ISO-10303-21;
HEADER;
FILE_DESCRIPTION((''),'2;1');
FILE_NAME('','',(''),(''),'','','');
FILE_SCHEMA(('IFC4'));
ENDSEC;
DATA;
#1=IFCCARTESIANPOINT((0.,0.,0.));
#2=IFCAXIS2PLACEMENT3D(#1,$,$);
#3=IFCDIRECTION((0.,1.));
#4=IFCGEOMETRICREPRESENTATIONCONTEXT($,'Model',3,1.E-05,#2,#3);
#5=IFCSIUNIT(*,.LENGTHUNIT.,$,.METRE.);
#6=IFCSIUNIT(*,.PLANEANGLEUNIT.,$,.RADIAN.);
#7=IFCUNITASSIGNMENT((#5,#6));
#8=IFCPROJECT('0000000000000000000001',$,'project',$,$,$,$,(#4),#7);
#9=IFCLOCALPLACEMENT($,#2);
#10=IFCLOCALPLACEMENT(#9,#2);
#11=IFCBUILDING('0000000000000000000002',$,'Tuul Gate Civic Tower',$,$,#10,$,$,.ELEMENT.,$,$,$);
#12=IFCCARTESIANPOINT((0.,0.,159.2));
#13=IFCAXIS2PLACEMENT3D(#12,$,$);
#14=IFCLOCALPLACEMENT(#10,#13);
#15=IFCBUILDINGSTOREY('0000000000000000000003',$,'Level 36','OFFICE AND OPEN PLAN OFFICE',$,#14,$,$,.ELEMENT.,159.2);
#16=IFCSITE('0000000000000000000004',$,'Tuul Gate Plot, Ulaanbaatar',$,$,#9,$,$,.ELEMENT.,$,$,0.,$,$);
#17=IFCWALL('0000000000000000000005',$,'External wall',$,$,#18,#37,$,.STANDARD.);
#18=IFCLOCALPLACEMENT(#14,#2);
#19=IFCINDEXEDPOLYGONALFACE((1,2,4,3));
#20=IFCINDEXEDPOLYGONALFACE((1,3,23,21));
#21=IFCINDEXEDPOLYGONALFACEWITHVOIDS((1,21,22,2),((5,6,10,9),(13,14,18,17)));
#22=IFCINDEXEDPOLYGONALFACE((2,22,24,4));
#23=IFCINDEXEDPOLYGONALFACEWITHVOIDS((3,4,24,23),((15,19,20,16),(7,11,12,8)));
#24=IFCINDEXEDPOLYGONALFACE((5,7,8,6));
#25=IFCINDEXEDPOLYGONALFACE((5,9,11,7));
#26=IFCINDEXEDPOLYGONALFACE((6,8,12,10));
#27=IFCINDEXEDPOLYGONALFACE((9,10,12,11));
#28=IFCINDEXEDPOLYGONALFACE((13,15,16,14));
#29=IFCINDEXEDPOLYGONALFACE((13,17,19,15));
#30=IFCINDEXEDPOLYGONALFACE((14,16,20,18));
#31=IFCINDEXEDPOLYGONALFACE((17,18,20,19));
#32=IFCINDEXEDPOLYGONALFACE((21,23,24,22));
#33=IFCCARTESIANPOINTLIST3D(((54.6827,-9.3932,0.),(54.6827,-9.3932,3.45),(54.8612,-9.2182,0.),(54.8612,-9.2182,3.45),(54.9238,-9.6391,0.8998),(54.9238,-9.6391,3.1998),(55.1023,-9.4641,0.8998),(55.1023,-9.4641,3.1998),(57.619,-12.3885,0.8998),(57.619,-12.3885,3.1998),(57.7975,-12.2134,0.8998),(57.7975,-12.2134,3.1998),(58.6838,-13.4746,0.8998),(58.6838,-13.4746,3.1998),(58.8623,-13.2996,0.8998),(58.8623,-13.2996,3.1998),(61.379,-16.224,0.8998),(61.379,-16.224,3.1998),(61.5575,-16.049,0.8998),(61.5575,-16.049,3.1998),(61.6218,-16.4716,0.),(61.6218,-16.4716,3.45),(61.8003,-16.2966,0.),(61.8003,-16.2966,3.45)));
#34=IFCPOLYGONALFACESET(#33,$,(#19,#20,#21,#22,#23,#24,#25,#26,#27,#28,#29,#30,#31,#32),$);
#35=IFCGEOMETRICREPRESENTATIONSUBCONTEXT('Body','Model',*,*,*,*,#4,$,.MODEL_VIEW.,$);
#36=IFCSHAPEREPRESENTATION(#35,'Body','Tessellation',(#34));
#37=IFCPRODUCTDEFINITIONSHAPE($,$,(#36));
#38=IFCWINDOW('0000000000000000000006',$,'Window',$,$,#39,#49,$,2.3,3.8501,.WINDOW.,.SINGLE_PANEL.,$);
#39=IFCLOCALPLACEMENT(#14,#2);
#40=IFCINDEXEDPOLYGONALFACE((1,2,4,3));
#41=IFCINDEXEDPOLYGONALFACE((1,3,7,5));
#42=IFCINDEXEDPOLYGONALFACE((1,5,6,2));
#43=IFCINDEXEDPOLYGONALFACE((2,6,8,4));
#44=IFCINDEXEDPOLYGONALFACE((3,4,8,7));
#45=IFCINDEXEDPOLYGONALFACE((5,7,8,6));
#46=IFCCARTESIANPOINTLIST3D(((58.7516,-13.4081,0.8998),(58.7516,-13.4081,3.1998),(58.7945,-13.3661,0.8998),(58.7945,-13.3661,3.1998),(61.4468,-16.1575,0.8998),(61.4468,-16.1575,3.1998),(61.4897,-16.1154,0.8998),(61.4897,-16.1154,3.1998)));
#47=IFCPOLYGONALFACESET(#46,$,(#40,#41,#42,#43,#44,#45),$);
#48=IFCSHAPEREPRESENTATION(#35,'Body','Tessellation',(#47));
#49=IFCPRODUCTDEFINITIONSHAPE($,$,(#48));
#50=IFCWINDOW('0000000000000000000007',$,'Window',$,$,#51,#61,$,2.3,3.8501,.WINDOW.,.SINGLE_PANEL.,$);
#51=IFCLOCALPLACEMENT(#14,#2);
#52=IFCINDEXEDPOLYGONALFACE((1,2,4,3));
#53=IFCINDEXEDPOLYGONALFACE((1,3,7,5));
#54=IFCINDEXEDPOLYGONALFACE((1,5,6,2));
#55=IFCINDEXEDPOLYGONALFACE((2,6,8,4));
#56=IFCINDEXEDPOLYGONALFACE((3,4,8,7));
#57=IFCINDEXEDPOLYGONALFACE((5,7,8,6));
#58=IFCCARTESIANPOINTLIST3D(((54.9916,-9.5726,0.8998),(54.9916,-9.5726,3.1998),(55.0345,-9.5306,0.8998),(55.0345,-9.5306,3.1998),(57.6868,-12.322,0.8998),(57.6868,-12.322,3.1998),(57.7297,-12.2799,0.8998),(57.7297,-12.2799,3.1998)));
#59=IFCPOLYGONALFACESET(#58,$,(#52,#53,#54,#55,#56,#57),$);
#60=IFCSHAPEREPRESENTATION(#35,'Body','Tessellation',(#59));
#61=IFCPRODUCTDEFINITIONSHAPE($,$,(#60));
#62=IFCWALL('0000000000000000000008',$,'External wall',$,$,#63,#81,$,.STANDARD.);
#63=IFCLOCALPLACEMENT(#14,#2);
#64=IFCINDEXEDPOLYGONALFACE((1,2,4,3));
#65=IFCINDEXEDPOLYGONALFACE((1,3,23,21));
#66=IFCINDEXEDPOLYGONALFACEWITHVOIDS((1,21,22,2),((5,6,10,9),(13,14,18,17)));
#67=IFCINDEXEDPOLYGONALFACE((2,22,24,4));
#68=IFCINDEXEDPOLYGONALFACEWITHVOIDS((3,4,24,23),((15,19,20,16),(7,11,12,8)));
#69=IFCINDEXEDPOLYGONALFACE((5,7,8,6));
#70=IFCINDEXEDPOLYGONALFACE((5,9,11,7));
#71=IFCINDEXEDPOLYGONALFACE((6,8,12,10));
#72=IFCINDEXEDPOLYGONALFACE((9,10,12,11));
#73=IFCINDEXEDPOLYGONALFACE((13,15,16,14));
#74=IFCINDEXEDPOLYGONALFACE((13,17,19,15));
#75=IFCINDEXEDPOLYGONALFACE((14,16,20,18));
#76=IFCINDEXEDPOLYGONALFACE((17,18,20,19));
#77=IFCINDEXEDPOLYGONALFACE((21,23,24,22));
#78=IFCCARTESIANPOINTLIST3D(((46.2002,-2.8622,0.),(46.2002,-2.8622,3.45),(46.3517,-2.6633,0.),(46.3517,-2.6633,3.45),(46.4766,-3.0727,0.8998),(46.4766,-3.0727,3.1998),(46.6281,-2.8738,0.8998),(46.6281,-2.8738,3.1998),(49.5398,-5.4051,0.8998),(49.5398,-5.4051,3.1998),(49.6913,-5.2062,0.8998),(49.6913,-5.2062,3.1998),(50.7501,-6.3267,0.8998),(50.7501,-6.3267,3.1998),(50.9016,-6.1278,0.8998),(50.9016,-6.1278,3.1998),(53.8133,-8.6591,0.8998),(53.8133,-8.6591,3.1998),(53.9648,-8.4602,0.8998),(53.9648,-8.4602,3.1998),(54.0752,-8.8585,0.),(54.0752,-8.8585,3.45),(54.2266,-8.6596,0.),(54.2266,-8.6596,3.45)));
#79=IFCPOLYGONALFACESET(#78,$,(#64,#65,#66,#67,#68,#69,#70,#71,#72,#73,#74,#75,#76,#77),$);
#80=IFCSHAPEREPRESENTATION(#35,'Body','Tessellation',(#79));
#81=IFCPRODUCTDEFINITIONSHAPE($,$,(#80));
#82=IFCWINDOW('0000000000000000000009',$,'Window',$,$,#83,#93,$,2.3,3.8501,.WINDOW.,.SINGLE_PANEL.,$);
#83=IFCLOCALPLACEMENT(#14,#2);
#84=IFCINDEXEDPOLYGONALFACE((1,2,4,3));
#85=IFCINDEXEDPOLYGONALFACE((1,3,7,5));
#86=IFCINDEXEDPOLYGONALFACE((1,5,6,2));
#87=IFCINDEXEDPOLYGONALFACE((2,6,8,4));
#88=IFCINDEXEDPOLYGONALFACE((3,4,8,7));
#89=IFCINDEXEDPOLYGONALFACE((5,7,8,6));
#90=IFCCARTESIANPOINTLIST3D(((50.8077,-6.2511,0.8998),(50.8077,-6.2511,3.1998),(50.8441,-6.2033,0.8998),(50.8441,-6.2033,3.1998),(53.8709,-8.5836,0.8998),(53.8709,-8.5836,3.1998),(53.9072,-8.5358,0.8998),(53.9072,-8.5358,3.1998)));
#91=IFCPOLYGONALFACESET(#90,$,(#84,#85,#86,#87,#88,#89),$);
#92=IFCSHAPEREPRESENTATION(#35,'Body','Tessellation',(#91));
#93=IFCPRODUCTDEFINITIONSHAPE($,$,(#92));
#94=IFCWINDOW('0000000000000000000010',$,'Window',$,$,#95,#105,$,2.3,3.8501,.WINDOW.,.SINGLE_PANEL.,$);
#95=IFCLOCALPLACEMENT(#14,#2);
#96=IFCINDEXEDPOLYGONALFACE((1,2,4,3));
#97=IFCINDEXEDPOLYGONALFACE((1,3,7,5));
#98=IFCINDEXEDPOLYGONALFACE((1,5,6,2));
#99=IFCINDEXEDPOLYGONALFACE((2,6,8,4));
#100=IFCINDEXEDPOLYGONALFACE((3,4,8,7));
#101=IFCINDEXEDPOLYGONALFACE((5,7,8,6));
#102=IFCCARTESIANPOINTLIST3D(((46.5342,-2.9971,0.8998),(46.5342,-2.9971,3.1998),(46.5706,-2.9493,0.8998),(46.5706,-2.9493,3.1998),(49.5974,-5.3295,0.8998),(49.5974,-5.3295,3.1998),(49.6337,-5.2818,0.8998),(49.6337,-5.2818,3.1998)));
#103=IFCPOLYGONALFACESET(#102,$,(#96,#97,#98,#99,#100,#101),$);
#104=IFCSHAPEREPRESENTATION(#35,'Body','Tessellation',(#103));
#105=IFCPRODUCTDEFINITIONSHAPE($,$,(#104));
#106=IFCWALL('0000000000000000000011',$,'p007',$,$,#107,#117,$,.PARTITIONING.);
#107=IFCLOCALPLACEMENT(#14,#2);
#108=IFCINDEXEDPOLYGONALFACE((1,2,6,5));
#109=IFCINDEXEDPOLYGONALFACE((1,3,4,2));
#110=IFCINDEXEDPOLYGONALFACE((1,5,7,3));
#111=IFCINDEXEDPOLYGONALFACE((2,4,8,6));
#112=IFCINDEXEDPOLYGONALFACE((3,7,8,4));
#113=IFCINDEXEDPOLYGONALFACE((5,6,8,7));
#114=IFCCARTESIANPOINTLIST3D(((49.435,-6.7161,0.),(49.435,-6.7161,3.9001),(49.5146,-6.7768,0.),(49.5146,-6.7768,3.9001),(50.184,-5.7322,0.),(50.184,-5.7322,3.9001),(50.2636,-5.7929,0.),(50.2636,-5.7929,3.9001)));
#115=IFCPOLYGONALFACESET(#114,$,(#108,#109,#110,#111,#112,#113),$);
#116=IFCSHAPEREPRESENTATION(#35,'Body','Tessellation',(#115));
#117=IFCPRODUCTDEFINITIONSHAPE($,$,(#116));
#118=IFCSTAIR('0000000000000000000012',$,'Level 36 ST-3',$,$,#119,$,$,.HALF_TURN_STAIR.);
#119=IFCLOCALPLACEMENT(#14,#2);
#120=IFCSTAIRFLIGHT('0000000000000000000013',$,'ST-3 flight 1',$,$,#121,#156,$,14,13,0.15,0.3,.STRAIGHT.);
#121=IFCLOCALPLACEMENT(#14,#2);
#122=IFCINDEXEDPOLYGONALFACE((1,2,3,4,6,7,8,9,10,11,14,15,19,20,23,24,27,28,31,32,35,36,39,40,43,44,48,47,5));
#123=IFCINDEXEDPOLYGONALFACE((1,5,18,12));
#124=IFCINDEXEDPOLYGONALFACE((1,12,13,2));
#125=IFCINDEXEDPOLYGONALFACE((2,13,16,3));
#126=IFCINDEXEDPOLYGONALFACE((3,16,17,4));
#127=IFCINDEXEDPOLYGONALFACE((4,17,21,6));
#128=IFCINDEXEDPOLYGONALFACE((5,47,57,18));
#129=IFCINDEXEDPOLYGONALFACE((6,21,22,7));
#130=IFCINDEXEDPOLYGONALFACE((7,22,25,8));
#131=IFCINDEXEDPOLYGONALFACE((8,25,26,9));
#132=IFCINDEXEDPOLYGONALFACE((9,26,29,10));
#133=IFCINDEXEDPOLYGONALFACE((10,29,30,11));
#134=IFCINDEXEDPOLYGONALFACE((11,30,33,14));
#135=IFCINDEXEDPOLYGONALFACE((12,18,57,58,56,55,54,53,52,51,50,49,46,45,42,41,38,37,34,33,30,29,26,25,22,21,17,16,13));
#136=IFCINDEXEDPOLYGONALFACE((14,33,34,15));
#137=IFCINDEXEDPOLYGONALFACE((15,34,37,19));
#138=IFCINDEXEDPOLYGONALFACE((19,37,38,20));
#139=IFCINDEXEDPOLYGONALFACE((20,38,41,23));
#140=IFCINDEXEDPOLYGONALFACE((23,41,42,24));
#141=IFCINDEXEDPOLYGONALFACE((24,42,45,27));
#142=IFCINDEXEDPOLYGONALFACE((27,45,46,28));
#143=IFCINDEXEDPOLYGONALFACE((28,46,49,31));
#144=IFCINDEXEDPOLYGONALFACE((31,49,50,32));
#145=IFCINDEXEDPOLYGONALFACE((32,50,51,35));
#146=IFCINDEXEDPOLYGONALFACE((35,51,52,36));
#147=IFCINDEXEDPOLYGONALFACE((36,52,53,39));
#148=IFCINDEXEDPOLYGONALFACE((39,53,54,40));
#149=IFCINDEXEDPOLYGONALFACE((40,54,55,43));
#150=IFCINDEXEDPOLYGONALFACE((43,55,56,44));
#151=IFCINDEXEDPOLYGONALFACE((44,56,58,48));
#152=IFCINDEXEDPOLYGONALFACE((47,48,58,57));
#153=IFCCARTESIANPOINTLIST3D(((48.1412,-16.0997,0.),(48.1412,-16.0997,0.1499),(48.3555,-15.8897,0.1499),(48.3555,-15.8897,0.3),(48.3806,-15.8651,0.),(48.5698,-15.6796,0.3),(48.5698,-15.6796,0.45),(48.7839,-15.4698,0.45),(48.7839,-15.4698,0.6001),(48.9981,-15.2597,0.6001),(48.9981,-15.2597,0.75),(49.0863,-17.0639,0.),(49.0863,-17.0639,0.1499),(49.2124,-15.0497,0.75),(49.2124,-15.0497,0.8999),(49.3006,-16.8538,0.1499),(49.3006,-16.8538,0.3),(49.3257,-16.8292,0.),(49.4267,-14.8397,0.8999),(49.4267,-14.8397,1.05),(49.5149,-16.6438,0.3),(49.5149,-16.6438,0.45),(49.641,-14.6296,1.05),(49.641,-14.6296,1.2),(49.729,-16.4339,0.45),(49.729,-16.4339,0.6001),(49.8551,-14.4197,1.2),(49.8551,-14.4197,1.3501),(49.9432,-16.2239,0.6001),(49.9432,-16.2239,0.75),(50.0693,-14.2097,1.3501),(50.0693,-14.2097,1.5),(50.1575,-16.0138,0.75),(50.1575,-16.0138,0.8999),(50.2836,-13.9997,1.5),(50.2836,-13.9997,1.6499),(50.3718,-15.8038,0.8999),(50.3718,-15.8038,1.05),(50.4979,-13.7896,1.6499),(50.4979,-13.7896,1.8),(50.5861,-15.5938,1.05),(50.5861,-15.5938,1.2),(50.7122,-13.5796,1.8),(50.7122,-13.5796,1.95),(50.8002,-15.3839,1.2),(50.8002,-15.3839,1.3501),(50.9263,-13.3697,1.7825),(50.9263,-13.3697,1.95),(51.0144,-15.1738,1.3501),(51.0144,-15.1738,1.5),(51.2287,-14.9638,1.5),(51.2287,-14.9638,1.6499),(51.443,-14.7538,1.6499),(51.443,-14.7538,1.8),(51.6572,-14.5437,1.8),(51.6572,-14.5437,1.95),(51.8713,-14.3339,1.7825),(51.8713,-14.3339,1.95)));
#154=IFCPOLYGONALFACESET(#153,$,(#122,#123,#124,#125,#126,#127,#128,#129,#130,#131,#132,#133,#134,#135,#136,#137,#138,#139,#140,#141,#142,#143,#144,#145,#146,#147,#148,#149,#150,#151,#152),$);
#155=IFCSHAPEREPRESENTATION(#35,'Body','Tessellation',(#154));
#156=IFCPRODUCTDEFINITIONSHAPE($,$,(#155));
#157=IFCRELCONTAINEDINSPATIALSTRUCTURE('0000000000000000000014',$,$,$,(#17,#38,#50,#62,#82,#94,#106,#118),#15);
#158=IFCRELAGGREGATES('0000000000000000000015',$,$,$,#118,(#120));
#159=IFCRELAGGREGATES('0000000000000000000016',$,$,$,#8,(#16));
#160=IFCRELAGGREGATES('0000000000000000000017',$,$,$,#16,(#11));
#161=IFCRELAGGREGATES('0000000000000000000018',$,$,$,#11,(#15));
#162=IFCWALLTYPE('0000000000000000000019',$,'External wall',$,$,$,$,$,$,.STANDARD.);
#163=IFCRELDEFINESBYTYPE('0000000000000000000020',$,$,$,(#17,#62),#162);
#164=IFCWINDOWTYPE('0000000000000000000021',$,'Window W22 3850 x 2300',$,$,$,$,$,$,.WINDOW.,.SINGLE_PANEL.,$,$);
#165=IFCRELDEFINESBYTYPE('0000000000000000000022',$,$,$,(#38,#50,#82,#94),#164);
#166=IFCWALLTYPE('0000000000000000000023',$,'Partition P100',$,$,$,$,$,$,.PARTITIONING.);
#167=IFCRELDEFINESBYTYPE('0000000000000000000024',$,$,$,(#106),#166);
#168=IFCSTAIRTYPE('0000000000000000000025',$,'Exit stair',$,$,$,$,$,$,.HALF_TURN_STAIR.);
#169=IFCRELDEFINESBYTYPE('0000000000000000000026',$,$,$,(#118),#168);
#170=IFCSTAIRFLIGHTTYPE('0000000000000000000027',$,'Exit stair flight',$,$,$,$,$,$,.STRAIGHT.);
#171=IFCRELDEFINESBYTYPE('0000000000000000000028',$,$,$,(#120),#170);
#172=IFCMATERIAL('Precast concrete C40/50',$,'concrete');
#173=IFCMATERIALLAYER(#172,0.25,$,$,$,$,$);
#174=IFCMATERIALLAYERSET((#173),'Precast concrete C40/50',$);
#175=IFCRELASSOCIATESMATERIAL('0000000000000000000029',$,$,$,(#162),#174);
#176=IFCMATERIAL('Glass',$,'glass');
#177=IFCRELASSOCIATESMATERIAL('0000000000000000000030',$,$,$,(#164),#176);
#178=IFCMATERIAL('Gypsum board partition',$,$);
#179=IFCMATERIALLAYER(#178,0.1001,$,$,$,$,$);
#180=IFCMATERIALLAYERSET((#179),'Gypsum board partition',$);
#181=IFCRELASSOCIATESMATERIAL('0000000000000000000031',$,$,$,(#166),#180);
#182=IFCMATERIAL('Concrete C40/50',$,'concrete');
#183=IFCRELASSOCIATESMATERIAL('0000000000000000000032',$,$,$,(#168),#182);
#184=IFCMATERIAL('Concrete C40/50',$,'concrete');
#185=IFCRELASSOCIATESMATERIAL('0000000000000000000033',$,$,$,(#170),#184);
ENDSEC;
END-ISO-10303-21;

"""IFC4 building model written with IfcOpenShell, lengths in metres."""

from ifc_helpers import new_model, si_unit, direction, frame, frame_2d, origin, place, context, subcontext, project, spatial, polyline, rectangle, outline, extrude, material, layer, layer_set, type_object, element, fill, aggregate, save


model = new_model("IFC4")

# Units and contexts
model_context = context("Model", 3, precision=1e-05, world=origin(), true_north=direction((0.0, 1.0)))
body_context = subcontext(model_context, "Body", "Model", "MODEL_VIEW")
ifc_project = project(units=[si_unit("LENGTHUNIT", "METRE"), si_unit("PLANEANGLEUNIT", "RADIAN")], contexts=[model_context])

# Site, building, storey
site_placement = place(None, origin())
site = spatial("IfcSite", under=ifc_project, at=site_placement, Name="Tuul Gate Plot, Ulaanbaatar", CompositionType="ELEMENT", RefElevation=0.0)
building_placement = place(site_placement, origin())
building = spatial("IfcBuilding", under=site, at=building_placement, Name="Tuul Gate Civic Tower", CompositionType="ELEMENT")
storey_placement = place(building_placement, frame((0.0, 0.0, 159.2)))
storey = spatial("IfcBuildingStorey", under=building, at=storey_placement, Name="Level 36", Description="OFFICE AND OPEN PLAN OFFICE", CompositionType="ELEMENT", Elevation=159.2)

# Walls, openings, windows
ifc_material_1 = material(Name="Precast concrete C40/50", Category="concrete")
ifc_layer_1 = layer(ifc_material_1, 0.25)
ifc_layer_set_1 = layer_set([ifc_layer_1], Name="Precast concrete C40/50")
wall_type_1 = type_object("IfcWallType", Name="External wall", PredefinedType="STANDARD", material=ifc_layer_set_1)
wall_1_placement = place(storey_placement, frame((61.7109, -16.384, 0.0), z_axis=(0.0, 0.0, 1.0), x_axis=(-0.70004, 0.714104, 0.0)))
wall_1 = element("IfcWall", 1, at=wall_1_placement, inside=storey, type_object=wall_type_1, Name="External wall", PredefinedType="STANDARD", context=body_context, shape_type="SweptSolid", body=[
    extrude(rectangle(XDim=9.9124, YDim=0.25, at=frame_2d((4.9561, 0.0))), origin(), (0.0, 0.0, 1.0), 3.45),
])
opening_1_placement = place(wall_1_placement, frame((0.3467, 0.0, 0.8999)))
opening_1 = element("IfcOpeningElement", 2, at=opening_1_placement, cuts=wall_1, PredefinedType="OPENING", context=body_context, shape_type="SweptSolid", body=[
    extrude(rectangle(XDim=3.8501, YDim=2.3, at=frame_2d((1.925, 1.1499))), frame((0.0, 0.135, 0.0), z_axis=(0.0, -1.0, 0.0), x_axis=(1.0, 0.0, 0.0)), (0.0, 0.0, 1.0), 0.27),
])
opening_2_placement = place(wall_1_placement, frame((5.7178, 0.0, 0.8999)))
opening_2 = element("IfcOpeningElement", 3, at=opening_2_placement, cuts=wall_1, PredefinedType="OPENING", context=body_context, shape_type="SweptSolid", body=[
    extrude(rectangle(XDim=3.8501, YDim=2.3, at=frame_2d((1.925, 1.1499))), frame((0.0, 0.135, 0.0), z_axis=(0.0, -1.0, 0.0), x_axis=(1.0, 0.0, 0.0)), (0.0, 0.0, 1.0), 0.27),
])
ifc_material_2 = material(Name="Glass", Category="glass")
window_type = type_object("IfcWindowType", Name="Window W22 3850 x 2300", PartitioningType="SINGLE_PANEL", PredefinedType="WINDOW", material=ifc_material_2)
window_1_placement = place(opening_1_placement, origin())
window_1 = element("IfcWindow", 4, at=window_1_placement, inside=storey, type_object=window_type, Name="Window", OverallHeight=2.3, OverallWidth=3.8501, PartitioningType="SINGLE_PANEL", PredefinedType="WINDOW", context=body_context, shape_type="SweptSolid", body=[
    extrude(rectangle(XDim=3.8501, YDim=2.3, at=frame_2d((1.925, 1.1499))), frame((0.0, 0.03, 0.0), z_axis=(0.0, -1.0, 0.0), x_axis=(1.0, 0.0, 0.0)), (0.0, 0.0, 1.0), 0.0601),
])
fill(opening_1, window_1)
window_2_placement = place(opening_2_placement, origin())
window_2 = element("IfcWindow", 5, at=window_2_placement, inside=storey, type_object=window_type, Name="Window", OverallHeight=2.3, OverallWidth=3.8501, PartitioningType="SINGLE_PANEL", PredefinedType="WINDOW", context=body_context, shape_type="SweptSolid", body=[
    extrude(rectangle(XDim=3.8501, YDim=2.3, at=frame_2d((1.925, 1.1499))), frame((0.0, 0.03, 0.0), z_axis=(0.0, -1.0, 0.0), x_axis=(1.0, 0.0, 0.0)), (0.0, 0.0, 1.0), 0.0601),
])
fill(opening_2, window_2)
wall_2_placement = place(storey_placement, frame((54.1509, -8.759, 0.0), z_axis=(0.0, 0.0, 1.0), x_axis=(-0.79561, 0.605809, 0.0)))
wall_2 = element("IfcWall", 6, at=wall_2_placement, inside=storey, type_object=wall_type_1, Name="External wall", PredefinedType="STANDARD", context=body_context, shape_type="SweptSolid", body=[
    extrude(rectangle(XDim=9.8979, YDim=0.25, at=frame_2d((4.949, 0.0))), origin(), (0.0, 0.0, 1.0), 3.45),
])
opening_3_placement = place(wall_2_placement, frame((0.3291, 0.0, 0.8999)))
opening_3 = element("IfcOpeningElement", 7, at=opening_3_placement, cuts=wall_2, PredefinedType="OPENING", context=body_context, shape_type="SweptSolid", body=[
    extrude(rectangle(XDim=3.8501, YDim=2.3, at=frame_2d((1.925, 1.1499))), frame((0.0, 0.135, 0.0), z_axis=(0.0, -1.0, 0.0), x_axis=(1.0, 0.0, 0.0)), (0.0, 0.0, 1.0), 0.27),
])
opening_4_placement = place(wall_2_placement, frame((5.7004, 0.0, 0.8999)))
opening_4 = element("IfcOpeningElement", 8, at=opening_4_placement, cuts=wall_2, PredefinedType="OPENING", context=body_context, shape_type="SweptSolid", body=[
    extrude(rectangle(XDim=3.8501, YDim=2.3, at=frame_2d((1.925, 1.1499))), frame((0.0, 0.135, 0.0), z_axis=(0.0, -1.0, 0.0), x_axis=(1.0, 0.0, 0.0)), (0.0, 0.0, 1.0), 0.27),
])
window_3_placement = place(opening_3_placement, origin())
window_3 = element("IfcWindow", 9, at=window_3_placement, inside=storey, type_object=window_type, Name="Window", OverallHeight=2.3, OverallWidth=3.8501, PartitioningType="SINGLE_PANEL", PredefinedType="WINDOW", context=body_context, shape_type="SweptSolid", body=[
    extrude(rectangle(XDim=3.8501, YDim=2.3, at=frame_2d((1.925, 1.1499))), frame((0.0, 0.03, 0.0), z_axis=(0.0, -1.0, 0.0), x_axis=(1.0, 0.0, 0.0)), (0.0, 0.0, 1.0), 0.0601),
])
fill(opening_3, window_3)
window_4_placement = place(opening_4_placement, origin())
window_4 = element("IfcWindow", 10, at=window_4_placement, inside=storey, type_object=window_type, Name="Window", OverallHeight=2.3, OverallWidth=3.8501, PartitioningType="SINGLE_PANEL", PredefinedType="WINDOW", context=body_context, shape_type="SweptSolid", body=[
    extrude(rectangle(XDim=3.8501, YDim=2.3, at=frame_2d((1.925, 1.1499))), frame((0.0, 0.03, 0.0), z_axis=(0.0, -1.0, 0.0), x_axis=(1.0, 0.0, 0.0)), (0.0, 0.0, 1.0), 0.0601),
])
fill(opening_4, window_4)

# Wall
ifc_material_3 = material(Name="Gypsum board partition")
ifc_layer_2 = layer(ifc_material_3, 0.1001)
ifc_layer_set_2 = layer_set([ifc_layer_2], Name="Gypsum board partition")
wall_type_2 = type_object("IfcWallType", Name="Partition P100", PredefinedType="PARTITIONING", material=ifc_layer_set_2)
wall_3_placement = place(storey_placement, frame((49.4749, -6.7463, 0.0), z_axis=(0.0, 0.0, 1.0), x_axis=(0.605734, 0.795667, 0.0)))
element("IfcWall", 11, at=wall_3_placement, inside=storey, type_object=wall_type_2, Name="p007", PredefinedType="PARTITIONING", context=body_context, shape_type="SweptSolid", body=[
    extrude(rectangle(XDim=1.2366, YDim=0.1001, at=frame_2d((0.6182, 0.0))), origin(), (0.0, 0.0, 1.0), 3.9001),
])

# Stair, stair flight
ifc_material_4 = material(Name="Concrete C40/50", Category="concrete")
stair_type = type_object("IfcStairType", Name="Exit stair", PredefinedType="HALF_TURN_STAIR", material=ifc_material_4)
stair_placement = place(storey_placement, origin())
stair = element("IfcStair", 12, at=stair_placement, inside=storey, type_object=stair_type, Name="Level 36 ST-3", PredefinedType="HALF_TURN_STAIR")
ifc_material_5 = material(Name="Concrete C40/50", Category="concrete")
stair_flight_type = type_object("IfcStairFlightType", Name="Exit stair flight", PredefinedType="STRAIGHT", material=ifc_material_5)
stair_flight_1_placement = place(storey_placement, frame((48.6138, -16.5818, 0.0), z_axis=(0.0, 0.0, 1.0), x_axis=(0.714127, 0.700016, 0.0)))
stair_flight_1 = element("IfcStairFlight", 13, at=stair_flight_1_placement, type_object=stair_flight_type, Name="ST-3 flight 1", NumberOfRisers=14, NumberOfTreads=13, PredefinedType="STRAIGHT", RiserHeight=0.15, TreadLength=0.3, context=body_context, shape_type="SweptSolid", body=[
    extrude(outline(polyline([(0.0, 0.0), (0.0, 0.1499), (0.3, 0.1499), (0.3, 0.3), (0.6001, 0.3), (0.6001, 0.45), (0.8999, 0.45), (0.8999, 0.6001), (1.2, 0.6001), (1.2, 0.75), (1.5, 0.75), (1.5, 0.8999), (1.8, 0.8999), (1.8, 1.05), (2.1001, 1.05), (2.1001, 1.2), (2.3999, 1.2), (2.3999, 1.3501), (2.7, 1.3501), (2.7, 1.5), (3.0, 1.5), (3.0, 1.6499), (3.3, 1.6499), (3.3, 1.8), (3.6001, 1.8), (3.6001, 1.95), (3.8999, 1.95), (3.8999, 2.1001), (3.8999, 1.7825), (0.3352, 0.0), (0.0, 0.0)])), frame((0.0, 0.675, 0.0), z_axis=(0.0, -1.0, 0.0), x_axis=(1.0, 0.0, 0.0)), (0.0, 0.0, 1.0), 1.3501),
])
aggregate(stair, [stair_flight_1])

save(model, "model.ifc")
